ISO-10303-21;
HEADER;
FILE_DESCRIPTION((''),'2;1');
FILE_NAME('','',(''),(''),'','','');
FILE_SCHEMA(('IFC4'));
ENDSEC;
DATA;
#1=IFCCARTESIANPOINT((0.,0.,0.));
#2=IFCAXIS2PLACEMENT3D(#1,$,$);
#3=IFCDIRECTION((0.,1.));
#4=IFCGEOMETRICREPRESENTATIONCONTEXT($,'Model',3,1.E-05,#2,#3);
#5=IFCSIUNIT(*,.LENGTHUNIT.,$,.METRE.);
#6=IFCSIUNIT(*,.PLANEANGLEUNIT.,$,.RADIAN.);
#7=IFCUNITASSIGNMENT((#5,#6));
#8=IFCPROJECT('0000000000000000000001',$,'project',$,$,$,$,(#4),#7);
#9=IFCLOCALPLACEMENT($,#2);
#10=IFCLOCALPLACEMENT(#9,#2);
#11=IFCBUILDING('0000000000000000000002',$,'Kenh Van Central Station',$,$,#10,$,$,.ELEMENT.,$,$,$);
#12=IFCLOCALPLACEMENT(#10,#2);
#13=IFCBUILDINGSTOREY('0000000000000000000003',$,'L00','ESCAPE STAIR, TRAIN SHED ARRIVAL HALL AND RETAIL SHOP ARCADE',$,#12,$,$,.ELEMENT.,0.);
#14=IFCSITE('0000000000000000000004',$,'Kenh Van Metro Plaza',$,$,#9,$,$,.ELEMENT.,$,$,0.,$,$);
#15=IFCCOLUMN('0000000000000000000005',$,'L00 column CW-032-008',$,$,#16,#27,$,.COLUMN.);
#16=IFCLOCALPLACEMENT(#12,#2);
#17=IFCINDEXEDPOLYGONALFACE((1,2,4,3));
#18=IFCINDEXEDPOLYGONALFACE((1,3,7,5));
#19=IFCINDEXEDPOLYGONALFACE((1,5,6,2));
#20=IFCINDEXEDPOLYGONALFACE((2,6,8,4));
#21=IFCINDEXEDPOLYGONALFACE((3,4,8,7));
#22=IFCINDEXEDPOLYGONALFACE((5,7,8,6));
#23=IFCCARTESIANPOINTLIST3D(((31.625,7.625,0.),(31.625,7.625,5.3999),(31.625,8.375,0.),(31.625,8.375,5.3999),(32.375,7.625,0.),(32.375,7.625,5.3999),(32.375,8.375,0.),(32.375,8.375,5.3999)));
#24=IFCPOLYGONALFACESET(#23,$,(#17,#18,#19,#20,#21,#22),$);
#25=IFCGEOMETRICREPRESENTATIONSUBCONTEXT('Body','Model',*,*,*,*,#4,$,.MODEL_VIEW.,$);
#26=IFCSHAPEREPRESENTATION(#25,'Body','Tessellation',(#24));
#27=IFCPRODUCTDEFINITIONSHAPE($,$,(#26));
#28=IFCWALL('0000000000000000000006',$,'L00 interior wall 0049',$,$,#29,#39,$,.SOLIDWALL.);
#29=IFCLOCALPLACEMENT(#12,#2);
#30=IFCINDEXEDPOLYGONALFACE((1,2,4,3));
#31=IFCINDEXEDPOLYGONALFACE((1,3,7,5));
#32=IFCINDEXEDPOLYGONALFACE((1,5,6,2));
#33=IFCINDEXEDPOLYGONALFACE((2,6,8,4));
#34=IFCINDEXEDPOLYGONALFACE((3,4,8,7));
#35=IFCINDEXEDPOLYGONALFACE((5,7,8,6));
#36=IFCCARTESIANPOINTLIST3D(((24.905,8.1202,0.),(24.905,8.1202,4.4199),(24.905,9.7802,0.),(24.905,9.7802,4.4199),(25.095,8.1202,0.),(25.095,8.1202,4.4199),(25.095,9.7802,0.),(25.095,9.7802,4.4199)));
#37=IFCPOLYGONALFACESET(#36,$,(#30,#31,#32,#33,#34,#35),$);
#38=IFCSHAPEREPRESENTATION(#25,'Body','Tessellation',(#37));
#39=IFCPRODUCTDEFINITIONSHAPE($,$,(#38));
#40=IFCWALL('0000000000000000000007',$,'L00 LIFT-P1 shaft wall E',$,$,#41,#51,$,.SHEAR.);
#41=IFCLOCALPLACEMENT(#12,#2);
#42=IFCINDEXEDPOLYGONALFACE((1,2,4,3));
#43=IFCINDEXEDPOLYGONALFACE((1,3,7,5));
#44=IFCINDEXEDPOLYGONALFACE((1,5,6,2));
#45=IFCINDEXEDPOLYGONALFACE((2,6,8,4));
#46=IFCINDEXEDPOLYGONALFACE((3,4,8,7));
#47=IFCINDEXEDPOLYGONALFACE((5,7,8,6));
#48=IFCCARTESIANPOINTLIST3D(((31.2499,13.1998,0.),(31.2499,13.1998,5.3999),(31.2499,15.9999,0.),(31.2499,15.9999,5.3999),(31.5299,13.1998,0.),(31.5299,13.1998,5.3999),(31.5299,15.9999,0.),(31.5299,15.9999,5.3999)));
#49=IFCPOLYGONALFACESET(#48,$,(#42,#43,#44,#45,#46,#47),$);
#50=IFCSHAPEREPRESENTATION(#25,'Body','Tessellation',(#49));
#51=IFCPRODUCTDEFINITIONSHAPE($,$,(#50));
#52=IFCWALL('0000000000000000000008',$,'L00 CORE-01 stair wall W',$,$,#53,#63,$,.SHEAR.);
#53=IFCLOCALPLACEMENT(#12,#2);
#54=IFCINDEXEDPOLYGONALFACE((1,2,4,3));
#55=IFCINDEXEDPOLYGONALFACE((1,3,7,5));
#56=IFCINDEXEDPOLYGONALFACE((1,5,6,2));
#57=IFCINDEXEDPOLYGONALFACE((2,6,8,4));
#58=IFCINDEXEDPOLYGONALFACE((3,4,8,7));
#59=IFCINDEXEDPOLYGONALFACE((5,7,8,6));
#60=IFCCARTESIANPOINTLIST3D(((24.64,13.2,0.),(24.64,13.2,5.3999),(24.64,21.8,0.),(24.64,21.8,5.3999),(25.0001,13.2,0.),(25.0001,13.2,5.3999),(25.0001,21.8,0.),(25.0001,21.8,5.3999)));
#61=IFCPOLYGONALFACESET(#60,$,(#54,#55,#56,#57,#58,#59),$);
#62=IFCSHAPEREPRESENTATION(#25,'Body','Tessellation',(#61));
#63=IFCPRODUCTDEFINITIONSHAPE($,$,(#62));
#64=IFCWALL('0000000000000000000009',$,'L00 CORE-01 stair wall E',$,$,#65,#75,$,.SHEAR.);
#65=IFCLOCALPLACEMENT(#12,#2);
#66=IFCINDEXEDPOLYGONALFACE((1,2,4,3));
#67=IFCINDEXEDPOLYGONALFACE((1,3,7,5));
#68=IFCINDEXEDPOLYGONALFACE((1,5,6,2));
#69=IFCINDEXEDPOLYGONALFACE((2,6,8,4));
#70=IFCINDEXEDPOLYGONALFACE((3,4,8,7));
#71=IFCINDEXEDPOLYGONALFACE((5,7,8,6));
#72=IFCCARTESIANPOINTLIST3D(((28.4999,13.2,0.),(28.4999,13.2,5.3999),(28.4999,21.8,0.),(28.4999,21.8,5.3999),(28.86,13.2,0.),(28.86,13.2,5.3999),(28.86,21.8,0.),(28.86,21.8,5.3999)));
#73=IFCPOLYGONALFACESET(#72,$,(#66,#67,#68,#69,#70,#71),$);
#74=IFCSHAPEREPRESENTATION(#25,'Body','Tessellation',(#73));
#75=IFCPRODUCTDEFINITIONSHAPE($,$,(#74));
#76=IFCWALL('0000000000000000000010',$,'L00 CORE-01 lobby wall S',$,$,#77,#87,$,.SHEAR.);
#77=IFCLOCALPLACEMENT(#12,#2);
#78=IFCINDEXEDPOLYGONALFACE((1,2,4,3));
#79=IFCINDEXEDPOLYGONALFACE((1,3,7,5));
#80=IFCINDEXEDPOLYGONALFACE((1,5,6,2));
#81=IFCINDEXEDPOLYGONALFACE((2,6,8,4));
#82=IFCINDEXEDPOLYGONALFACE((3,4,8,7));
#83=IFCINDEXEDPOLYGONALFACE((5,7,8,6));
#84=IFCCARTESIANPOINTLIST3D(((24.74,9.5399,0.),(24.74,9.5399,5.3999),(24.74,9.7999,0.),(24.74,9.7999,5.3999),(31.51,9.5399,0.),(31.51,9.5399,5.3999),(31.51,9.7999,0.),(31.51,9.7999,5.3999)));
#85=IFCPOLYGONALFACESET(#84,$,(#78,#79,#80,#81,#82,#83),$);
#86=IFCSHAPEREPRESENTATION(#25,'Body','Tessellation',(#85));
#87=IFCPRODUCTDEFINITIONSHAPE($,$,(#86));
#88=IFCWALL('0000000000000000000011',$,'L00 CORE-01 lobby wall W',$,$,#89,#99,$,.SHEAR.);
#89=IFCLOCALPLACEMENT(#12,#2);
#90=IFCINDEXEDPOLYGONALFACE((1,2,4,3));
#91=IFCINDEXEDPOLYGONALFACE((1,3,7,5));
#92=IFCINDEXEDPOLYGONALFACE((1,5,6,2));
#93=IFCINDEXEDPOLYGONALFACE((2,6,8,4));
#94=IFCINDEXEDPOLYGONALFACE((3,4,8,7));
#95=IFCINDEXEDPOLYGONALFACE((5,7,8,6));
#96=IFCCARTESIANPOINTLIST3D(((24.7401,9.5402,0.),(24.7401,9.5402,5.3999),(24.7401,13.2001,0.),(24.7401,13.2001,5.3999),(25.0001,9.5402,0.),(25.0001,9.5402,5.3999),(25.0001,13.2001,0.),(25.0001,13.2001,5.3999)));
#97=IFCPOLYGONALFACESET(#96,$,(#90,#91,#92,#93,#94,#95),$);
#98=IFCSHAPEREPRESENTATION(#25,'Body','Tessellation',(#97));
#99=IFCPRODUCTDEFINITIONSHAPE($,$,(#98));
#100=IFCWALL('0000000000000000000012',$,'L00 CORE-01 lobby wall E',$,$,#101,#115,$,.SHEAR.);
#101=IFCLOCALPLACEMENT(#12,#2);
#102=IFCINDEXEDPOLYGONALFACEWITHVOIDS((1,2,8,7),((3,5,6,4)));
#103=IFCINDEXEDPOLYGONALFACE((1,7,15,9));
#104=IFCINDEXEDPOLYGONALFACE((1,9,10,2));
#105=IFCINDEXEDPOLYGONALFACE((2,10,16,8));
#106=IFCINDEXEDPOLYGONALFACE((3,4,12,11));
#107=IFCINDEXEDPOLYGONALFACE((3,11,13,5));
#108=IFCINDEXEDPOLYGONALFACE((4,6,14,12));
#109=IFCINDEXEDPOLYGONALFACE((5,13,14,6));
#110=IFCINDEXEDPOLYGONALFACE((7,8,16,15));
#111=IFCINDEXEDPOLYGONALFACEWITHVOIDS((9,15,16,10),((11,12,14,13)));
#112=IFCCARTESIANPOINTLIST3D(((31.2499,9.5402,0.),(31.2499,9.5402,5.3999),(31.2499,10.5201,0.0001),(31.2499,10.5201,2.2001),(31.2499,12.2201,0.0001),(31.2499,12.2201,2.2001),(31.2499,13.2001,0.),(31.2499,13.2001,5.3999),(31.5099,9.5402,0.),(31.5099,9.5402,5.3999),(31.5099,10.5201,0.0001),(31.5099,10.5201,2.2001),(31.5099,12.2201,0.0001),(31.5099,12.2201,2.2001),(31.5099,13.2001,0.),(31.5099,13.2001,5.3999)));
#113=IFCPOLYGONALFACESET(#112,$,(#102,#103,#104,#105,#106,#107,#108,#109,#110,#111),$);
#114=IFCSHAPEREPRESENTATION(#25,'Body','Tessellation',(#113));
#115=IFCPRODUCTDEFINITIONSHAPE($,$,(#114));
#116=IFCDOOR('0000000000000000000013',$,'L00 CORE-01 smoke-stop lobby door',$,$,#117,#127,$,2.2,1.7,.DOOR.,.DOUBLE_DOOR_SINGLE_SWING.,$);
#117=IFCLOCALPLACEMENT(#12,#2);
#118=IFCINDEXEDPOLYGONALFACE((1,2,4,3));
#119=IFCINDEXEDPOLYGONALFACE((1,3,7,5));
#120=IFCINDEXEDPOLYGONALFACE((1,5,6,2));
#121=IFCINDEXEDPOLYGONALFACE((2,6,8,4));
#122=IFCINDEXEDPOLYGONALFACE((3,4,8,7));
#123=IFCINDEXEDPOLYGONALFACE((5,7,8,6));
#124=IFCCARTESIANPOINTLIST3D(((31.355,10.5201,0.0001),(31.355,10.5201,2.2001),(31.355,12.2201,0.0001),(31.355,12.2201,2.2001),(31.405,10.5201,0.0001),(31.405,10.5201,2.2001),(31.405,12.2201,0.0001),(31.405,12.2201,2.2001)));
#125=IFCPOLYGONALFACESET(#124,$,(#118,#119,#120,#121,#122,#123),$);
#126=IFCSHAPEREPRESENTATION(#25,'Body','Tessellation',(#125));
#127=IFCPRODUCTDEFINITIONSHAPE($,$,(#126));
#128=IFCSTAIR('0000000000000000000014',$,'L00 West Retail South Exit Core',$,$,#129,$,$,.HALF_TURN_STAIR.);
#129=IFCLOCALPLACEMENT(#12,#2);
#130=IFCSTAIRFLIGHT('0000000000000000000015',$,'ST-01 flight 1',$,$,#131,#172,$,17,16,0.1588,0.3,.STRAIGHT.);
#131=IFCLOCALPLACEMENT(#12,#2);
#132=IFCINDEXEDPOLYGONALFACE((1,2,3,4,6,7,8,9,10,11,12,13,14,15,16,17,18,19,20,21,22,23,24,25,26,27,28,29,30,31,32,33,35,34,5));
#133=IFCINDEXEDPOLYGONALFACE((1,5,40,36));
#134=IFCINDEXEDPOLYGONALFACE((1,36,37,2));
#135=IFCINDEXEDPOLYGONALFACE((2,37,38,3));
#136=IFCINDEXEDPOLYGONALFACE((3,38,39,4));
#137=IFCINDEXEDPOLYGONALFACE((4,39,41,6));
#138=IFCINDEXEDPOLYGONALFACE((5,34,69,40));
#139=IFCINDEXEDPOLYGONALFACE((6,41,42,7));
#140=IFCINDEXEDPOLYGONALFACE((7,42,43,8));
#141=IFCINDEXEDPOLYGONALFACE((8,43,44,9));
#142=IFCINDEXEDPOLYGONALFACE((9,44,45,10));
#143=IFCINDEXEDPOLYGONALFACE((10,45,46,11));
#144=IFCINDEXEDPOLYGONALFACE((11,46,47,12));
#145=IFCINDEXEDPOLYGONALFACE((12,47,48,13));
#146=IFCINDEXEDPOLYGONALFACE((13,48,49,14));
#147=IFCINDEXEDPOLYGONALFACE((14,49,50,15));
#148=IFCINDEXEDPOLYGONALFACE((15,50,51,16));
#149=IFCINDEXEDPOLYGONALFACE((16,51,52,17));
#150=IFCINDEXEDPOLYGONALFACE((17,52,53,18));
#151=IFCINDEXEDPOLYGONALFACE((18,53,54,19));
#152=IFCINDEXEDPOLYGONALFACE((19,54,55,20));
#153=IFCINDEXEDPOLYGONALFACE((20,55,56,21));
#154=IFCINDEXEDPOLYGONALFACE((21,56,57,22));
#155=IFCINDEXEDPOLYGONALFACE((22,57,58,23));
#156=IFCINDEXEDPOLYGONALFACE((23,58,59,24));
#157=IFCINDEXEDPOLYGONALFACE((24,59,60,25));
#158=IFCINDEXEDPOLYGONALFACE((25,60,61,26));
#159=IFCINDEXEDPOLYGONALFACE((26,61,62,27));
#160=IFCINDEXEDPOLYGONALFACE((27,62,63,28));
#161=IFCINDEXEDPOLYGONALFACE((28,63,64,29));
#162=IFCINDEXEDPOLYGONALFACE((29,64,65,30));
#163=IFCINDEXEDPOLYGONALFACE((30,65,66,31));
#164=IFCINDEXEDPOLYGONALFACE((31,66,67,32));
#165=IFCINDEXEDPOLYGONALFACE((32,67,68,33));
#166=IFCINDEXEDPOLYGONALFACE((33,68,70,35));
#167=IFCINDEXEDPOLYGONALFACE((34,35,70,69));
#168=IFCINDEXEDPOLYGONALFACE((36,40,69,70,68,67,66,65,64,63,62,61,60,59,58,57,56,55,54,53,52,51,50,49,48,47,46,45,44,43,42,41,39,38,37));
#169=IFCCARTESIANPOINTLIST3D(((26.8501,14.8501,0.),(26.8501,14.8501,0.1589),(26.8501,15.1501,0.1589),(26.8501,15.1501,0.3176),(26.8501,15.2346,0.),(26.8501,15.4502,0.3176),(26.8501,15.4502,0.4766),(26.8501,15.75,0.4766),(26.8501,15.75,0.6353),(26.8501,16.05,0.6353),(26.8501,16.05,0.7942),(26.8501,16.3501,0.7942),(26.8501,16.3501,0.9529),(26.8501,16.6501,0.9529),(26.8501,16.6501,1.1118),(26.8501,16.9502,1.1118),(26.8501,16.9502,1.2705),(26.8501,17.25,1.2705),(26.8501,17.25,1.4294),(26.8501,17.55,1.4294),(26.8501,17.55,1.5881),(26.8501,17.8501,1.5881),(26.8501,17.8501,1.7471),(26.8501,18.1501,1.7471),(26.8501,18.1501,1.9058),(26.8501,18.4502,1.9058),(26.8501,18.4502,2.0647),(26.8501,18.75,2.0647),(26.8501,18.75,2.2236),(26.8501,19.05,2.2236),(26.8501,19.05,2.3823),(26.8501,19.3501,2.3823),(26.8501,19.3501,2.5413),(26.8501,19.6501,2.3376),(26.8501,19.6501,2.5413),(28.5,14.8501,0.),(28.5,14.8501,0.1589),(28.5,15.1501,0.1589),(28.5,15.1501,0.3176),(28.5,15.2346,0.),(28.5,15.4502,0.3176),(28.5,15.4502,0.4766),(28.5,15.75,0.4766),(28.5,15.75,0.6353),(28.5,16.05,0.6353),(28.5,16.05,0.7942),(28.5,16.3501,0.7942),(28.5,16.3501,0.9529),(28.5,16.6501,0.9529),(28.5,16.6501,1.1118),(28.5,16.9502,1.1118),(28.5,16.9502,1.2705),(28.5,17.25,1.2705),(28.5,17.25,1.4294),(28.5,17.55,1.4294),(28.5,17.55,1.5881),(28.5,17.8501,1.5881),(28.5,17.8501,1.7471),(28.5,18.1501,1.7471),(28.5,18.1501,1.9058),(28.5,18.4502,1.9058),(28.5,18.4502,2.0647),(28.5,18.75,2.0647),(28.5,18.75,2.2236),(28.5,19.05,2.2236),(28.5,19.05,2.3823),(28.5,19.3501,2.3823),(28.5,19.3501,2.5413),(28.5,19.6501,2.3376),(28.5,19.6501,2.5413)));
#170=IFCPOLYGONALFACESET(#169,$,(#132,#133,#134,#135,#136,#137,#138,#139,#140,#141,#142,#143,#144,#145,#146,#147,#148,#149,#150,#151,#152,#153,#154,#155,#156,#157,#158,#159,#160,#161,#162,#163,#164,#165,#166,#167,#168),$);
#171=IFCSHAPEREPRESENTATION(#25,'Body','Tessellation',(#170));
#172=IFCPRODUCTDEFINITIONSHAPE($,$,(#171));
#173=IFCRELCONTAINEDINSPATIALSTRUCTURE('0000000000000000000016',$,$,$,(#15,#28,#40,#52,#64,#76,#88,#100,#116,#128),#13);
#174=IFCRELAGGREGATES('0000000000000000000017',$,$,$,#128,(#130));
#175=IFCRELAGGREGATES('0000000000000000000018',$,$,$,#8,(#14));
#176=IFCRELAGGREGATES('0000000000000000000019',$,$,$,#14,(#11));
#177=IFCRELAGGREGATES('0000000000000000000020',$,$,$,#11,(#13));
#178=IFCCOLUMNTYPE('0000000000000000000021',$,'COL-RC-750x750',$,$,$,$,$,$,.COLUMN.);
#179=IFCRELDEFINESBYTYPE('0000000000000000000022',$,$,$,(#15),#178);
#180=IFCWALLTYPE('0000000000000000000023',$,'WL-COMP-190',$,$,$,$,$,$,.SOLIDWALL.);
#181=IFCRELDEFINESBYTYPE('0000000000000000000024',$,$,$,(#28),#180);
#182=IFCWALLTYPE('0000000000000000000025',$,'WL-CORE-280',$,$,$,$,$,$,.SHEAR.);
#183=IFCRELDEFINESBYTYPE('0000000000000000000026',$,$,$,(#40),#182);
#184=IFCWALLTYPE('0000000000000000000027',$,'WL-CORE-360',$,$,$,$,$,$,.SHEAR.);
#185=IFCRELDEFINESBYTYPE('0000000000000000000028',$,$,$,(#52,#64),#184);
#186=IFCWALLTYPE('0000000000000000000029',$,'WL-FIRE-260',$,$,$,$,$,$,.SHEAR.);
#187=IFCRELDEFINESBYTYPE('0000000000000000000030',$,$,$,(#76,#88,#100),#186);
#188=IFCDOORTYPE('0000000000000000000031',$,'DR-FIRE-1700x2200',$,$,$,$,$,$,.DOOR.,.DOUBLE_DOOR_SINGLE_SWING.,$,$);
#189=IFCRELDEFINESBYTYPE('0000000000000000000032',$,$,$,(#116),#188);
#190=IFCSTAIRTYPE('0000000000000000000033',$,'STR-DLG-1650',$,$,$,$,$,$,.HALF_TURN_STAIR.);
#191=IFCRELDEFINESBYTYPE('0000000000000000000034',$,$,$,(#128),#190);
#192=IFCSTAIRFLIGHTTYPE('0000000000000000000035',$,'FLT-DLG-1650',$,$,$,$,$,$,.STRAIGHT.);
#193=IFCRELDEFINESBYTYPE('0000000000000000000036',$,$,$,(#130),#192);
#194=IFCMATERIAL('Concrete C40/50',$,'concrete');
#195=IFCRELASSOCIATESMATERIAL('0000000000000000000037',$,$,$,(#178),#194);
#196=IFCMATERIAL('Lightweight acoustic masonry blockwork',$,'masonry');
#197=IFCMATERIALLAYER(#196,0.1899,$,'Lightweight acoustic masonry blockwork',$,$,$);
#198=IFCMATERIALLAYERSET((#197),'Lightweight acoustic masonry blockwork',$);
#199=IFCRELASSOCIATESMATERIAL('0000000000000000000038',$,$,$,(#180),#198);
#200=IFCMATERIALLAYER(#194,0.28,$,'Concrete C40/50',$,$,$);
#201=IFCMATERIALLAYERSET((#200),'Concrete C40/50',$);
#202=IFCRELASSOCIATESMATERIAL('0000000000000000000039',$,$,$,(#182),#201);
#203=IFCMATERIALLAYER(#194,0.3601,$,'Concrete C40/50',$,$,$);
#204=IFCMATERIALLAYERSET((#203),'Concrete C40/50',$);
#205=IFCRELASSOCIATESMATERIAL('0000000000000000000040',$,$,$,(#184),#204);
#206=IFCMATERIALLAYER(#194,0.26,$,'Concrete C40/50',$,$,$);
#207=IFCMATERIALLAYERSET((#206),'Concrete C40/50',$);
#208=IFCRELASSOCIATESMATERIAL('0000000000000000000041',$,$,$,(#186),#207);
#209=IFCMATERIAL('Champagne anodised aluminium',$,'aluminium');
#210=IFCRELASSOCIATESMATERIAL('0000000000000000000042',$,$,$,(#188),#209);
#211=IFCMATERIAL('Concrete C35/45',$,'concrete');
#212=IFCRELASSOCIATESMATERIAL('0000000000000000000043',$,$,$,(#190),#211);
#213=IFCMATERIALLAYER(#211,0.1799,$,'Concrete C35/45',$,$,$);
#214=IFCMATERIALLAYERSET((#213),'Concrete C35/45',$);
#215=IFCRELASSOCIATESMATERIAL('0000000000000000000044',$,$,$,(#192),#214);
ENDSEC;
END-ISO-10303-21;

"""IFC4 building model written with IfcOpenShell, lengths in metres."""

from ifc_helpers import new_model, si_unit, direction, frame, frame_2d, origin, origin_2d, place, context, subcontext, project, spatial, polyline, rectangle, outline, extrude, material, layer, layer_set, material_profile, profile_set, type_object, element, fill, aggregate, save


model = new_model("IFC4")

# Units and contexts
model_context = context("Model", 3, precision=1e-05, world=origin(), true_north=direction((0.0, 1.0)))
body_context = subcontext(model_context, "Body", "Model", "MODEL_VIEW")
ifc_project = project(units=[si_unit("LENGTHUNIT", "METRE"), si_unit("PLANEANGLEUNIT", "RADIAN")], contexts=[model_context])

# Site, building, storey
site_placement = place(None, origin())
site = spatial("IfcSite", under=ifc_project, at=site_placement, Name="Kenh Van Metro Plaza", CompositionType="ELEMENT", RefElevation=0.0)
building_placement = place(site_placement, origin())
building = spatial("IfcBuilding", under=site, at=building_placement, Name="Kenh Van Central Station", CompositionType="ELEMENT")
storey_placement = place(building_placement, origin())
storey = spatial("IfcBuildingStorey", under=building, at=storey_placement, Name="L00", Description="ESCAPE STAIR, TRAIN SHED ARRIVAL HALL AND RETAIL SHOP ARCADE", CompositionType="ELEMENT", Elevation=0.0)

# Column
ifc_material_1 = material(Name="Concrete C40/50", Category="concrete")
ifc_material_profile = material_profile(ifc_material_1, rectangle(XDim=0.75, YDim=0.75, at=origin_2d()), Name="RC 750x750")
ifc_profile_set = profile_set([ifc_material_profile], Name="Concrete C40/50")
column_type = type_object("IfcColumnType", Name="COL-RC-750x750", PredefinedType="COLUMN", material=ifc_profile_set)
column_placement = place(storey_placement, frame((32.0, 8.0, 0.0), z_axis=(0.0, 0.0, 1.0), x_axis=(1.0, 0.0, 0.0)))
element("IfcColumn", 1, at=column_placement, inside=storey, type_object=column_type, Name="L00 column CW-032-008", PredefinedType="COLUMN", context=body_context, shape_type="SweptSolid", body=[
    extrude(rectangle(XDim=0.75, YDim=0.75, at=origin_2d()), origin(), (0.0, 0.0, 1.0), 5.3999),
])

# Wall
ifc_material_2 = material(Name="Lightweight acoustic masonry blockwork", Category="masonry")
ifc_layer_1 = layer(ifc_material_2, 0.1899, Name="Lightweight acoustic masonry blockwork")
ifc_layer_set_1 = layer_set([ifc_layer_1], Name="Lightweight acoustic masonry blockwork")
wall_type_1 = type_object("IfcWallType", Name="WL-COMP-190", PredefinedType="SOLIDWALL", material=ifc_layer_set_1)
wall_1_placement = place(storey_placement, frame((25.0, 8.1201, 0.0), z_axis=(0.0, 0.0, 1.0), x_axis=(0.0, 1.0, 0.0)))
element("IfcWall", 2, at=wall_1_placement, inside=storey, type_object=wall_type_1, Name="L00 interior wall 0049", PredefinedType="SOLIDWALL", context=body_context, shape_type="SweptSolid", body=[
    extrude(rectangle(XDim=1.6599, YDim=0.1899, at=frame_2d((0.8301, 0.0))), origin(), (0.0, 0.0, 1.0), 4.4199),
])

# Shared definitions
ifc_layer_2 = layer(ifc_material_1, 0.28, Name="Concrete C40/50")
ifc_layer_set_2 = layer_set([ifc_layer_2], Name="Concrete C40/50")
wall_type_2 = type_object("IfcWallType", Name="WL-CORE-280", PredefinedType="SHEAR", material=ifc_layer_set_2)
ifc_material_3 = material(Name="Champagne anodised aluminium", Category="aluminium")

# Wall
wall_2_placement = place(storey_placement, frame((31.3899, 13.2, 0.0), z_axis=(0.0, 0.0, 1.0), x_axis=(0.0, 1.0, 0.0)))
element("IfcWall", 3, at=wall_2_placement, inside=storey, type_object=wall_type_2, Name="L00 LIFT-P1 shaft wall E", PredefinedType="SHEAR", context=body_context, shape_type="SweptSolid", body=[
    extrude(rectangle(XDim=2.8, YDim=0.28, at=frame_2d((1.3999, 0.0))), origin(), (0.0, 0.0, 1.0), 5.3999),
])

# Shared definitions
ifc_layer_3 = layer(ifc_material_1, 0.3601, Name="Concrete C40/50")
ifc_layer_set_3 = layer_set([ifc_layer_3], Name="Concrete C40/50")
wall_type_3 = type_object("IfcWallType", Name="WL-CORE-360", PredefinedType="SHEAR", material=ifc_layer_set_3)

# Walls
for number, where, z_axis, x_axis, name in (
    (4, (24.8201, 13.2, 0.0), (0.0, 0.0, 1.0), (0.0, 1.0, 0.0), "L00 CORE-01 stair wall W"),
    (5, (28.6799, 13.2, 0.0), (0.0, 0.0, 1.0), (0.0, 1.0, 0.0), "L00 CORE-01 stair wall E"),
):
    element("IfcWall", number, at=place(storey_placement, frame(where, z_axis=z_axis, x_axis=x_axis)), inside=storey, type_object=wall_type_3, Name=name, PredefinedType="SHEAR", context=body_context, shape_type="SweptSolid", body=[
        extrude(rectangle(XDim=8.6001, YDim=0.3601, at=frame_2d((4.3, 0.0))), origin(), (0.0, 0.0, 1.0), 5.3999),
    ])
ifc_layer_4 = layer(ifc_material_1, 0.26, Name="Concrete C40/50")
ifc_layer_set_4 = layer_set([ifc_layer_4], Name="Concrete C40/50")
wall_type_4 = type_object("IfcWallType", Name="WL-FIRE-260", PredefinedType="SHEAR", material=ifc_layer_set_4)
wall_3_placement = place(storey_placement, frame((31.51, 9.6699, 0.0), z_axis=(0.0, 0.0, 1.0), x_axis=(-1.0, 0.0, 0.0)))
element("IfcWall", 6, at=wall_3_placement, inside=storey, type_object=wall_type_4, Name="L00 CORE-01 lobby wall S", PredefinedType="SHEAR", context=body_context, shape_type="SweptSolid", body=[
    extrude(rectangle(XDim=6.77, YDim=0.26, at=frame_2d((3.385, 0.0))), origin(), (0.0, 0.0, 1.0), 5.3999),
])
wall_4_placement = place(storey_placement, frame((24.8701, 9.54, 0.0), z_axis=(0.0, 0.0, 1.0), x_axis=(0.0, 1.0, 0.0)))
element("IfcWall", 7, at=wall_4_placement, inside=storey, type_object=wall_type_4, Name="L00 CORE-01 lobby wall W", PredefinedType="SHEAR", context=body_context, shape_type="SweptSolid", body=[
    extrude(rectangle(XDim=3.6599, YDim=0.26, at=frame_2d((1.8301, 0.0))), origin(), (0.0, 0.0, 1.0), 5.3999),
])

# Wall, opening, door
wall_5_placement = place(storey_placement, frame((31.3799, 9.54, 0.0), z_axis=(0.0, 0.0, 1.0), x_axis=(0.0, 1.0, 0.0)))
wall_5 = element("IfcWall", 8, at=wall_5_placement, inside=storey, type_object=wall_type_4, Name="L00 CORE-01 lobby wall E", PredefinedType="SHEAR", context=body_context, shape_type="SweptSolid", body=[
    extrude(rectangle(XDim=3.6599, YDim=0.26, at=frame_2d((1.8301, 0.0))), origin(), (0.0, 0.0, 1.0), 5.3999),
])
opening_1_placement = place(wall_5_placement, frame((0.98, 0.0, 0.0)))
opening_1 = element("IfcOpeningElement", 9, at=opening_1_placement, cuts=wall_5, PredefinedType="OPENING", context=body_context, shape_type="SweptSolid", body=[
    extrude(rectangle(XDim=1.7, YDim=2.2, at=frame_2d((0.8501, 1.1001))), frame((0.0, 0.1399, 0.0), z_axis=(0.0, -1.0, 0.0), x_axis=(1.0, 0.0, 0.0)), (0.0, 0.0, 1.0), 0.28),
])
door_type_1 = type_object("IfcDoorType", Name="DR-FIRE-1700x2200", OperationType="DOUBLE_DOOR_SINGLE_SWING", PredefinedType="DOOR", material=ifc_material_3)
door_1_placement = place(opening_1_placement, origin())
door_1 = element("IfcDoor", 10, at=door_1_placement, inside=storey, type_object=door_type_1, Name="L00 CORE-01 smoke-stop lobby door", OperationType="DOUBLE_DOOR_SINGLE_SWING", OverallHeight=2.2, OverallWidth=1.7, PredefinedType="DOOR", context=body_context, shape_type="SweptSolid", body=[
    extrude(rectangle(XDim=1.7, YDim=2.2, at=frame_2d((0.8501, 1.1001))), frame((0.0, 0.0249, 0.0), z_axis=(0.0, -1.0, 0.0), x_axis=(1.0, 0.0, 0.0)), (0.0, 0.0, 1.0), 0.05),
])
fill(opening_1, door_1)

# Stair, stair flight
ifc_material_4 = material(Name="Concrete C35/45", Category="concrete")
stair_type = type_object("IfcStairType", Name="STR-DLG-1650", PredefinedType="HALF_TURN_STAIR", material=ifc_material_4)
stair_placement = place(storey_placement, origin())
stair = element("IfcStair", 11, at=stair_placement, inside=storey, type_object=stair_type, Name="L00 West Retail South Exit Core", PredefinedType="HALF_TURN_STAIR")
ifc_layer_5 = layer(ifc_material_4, 0.1799, Name="Concrete C35/45")
ifc_layer_set_5 = layer_set([ifc_layer_5], Name="Concrete C35/45")
stair_flight_type = type_object("IfcStairFlightType", Name="FLT-DLG-1650", PredefinedType="STRAIGHT", material=ifc_layer_set_5)
stair_flight_placement = place(storey_placement, frame((27.675, 14.8501, 0.0), z_axis=(0.0, 0.0, 1.0), x_axis=(0.0, 1.0, 0.0)))
stair_flight = element("IfcStairFlight", 12, at=stair_flight_placement, type_object=stair_flight_type, Name="ST-01 flight 1", NumberOfRisers=17, NumberOfTreads=16, PredefinedType="STRAIGHT", RiserHeight=0.1588, TreadLength=0.3, context=body_context, shape_type="SweptSolid", body=[
    extrude(outline(polyline([(0.0, 0.0), (0.0, 0.1589), (0.3, 0.1589), (0.3, 0.3176), (0.6001, 0.3176), (0.6001, 0.4766), (0.8999, 0.4766), (0.8999, 0.6353), (1.2, 0.6353), (1.2, 0.7942), (1.5, 0.7942), (1.5, 0.9529), (1.8, 0.9529), (1.8, 1.1118), (2.1001, 1.1118), (2.1001, 1.2705), (2.3999, 1.2705), (2.3999, 1.4294), (2.7, 1.4294), (2.7, 1.5881), (3.0, 1.5881), (3.0, 1.7471), (3.3, 1.7471), (3.3, 1.9058), (3.6001, 1.9058), (3.6001, 2.0647), (3.8999, 2.0647), (3.8999, 2.2236), (4.2, 2.2236), (4.2, 2.3823), (4.5, 2.3823), (4.5, 2.5413), (4.8, 2.5413), (4.8, 2.7), (4.8, 2.3376), (0.3845, 0.0), (0.0, 0.0)])), frame((0.0, 0.825, 0.0), z_axis=(0.0, -1.0, 0.0), x_axis=(1.0, 0.0, 0.0)), (0.0, 0.0, 1.0), 1.6499),
])
aggregate(stair, [stair_flight])

save(model, "model.ifc")
